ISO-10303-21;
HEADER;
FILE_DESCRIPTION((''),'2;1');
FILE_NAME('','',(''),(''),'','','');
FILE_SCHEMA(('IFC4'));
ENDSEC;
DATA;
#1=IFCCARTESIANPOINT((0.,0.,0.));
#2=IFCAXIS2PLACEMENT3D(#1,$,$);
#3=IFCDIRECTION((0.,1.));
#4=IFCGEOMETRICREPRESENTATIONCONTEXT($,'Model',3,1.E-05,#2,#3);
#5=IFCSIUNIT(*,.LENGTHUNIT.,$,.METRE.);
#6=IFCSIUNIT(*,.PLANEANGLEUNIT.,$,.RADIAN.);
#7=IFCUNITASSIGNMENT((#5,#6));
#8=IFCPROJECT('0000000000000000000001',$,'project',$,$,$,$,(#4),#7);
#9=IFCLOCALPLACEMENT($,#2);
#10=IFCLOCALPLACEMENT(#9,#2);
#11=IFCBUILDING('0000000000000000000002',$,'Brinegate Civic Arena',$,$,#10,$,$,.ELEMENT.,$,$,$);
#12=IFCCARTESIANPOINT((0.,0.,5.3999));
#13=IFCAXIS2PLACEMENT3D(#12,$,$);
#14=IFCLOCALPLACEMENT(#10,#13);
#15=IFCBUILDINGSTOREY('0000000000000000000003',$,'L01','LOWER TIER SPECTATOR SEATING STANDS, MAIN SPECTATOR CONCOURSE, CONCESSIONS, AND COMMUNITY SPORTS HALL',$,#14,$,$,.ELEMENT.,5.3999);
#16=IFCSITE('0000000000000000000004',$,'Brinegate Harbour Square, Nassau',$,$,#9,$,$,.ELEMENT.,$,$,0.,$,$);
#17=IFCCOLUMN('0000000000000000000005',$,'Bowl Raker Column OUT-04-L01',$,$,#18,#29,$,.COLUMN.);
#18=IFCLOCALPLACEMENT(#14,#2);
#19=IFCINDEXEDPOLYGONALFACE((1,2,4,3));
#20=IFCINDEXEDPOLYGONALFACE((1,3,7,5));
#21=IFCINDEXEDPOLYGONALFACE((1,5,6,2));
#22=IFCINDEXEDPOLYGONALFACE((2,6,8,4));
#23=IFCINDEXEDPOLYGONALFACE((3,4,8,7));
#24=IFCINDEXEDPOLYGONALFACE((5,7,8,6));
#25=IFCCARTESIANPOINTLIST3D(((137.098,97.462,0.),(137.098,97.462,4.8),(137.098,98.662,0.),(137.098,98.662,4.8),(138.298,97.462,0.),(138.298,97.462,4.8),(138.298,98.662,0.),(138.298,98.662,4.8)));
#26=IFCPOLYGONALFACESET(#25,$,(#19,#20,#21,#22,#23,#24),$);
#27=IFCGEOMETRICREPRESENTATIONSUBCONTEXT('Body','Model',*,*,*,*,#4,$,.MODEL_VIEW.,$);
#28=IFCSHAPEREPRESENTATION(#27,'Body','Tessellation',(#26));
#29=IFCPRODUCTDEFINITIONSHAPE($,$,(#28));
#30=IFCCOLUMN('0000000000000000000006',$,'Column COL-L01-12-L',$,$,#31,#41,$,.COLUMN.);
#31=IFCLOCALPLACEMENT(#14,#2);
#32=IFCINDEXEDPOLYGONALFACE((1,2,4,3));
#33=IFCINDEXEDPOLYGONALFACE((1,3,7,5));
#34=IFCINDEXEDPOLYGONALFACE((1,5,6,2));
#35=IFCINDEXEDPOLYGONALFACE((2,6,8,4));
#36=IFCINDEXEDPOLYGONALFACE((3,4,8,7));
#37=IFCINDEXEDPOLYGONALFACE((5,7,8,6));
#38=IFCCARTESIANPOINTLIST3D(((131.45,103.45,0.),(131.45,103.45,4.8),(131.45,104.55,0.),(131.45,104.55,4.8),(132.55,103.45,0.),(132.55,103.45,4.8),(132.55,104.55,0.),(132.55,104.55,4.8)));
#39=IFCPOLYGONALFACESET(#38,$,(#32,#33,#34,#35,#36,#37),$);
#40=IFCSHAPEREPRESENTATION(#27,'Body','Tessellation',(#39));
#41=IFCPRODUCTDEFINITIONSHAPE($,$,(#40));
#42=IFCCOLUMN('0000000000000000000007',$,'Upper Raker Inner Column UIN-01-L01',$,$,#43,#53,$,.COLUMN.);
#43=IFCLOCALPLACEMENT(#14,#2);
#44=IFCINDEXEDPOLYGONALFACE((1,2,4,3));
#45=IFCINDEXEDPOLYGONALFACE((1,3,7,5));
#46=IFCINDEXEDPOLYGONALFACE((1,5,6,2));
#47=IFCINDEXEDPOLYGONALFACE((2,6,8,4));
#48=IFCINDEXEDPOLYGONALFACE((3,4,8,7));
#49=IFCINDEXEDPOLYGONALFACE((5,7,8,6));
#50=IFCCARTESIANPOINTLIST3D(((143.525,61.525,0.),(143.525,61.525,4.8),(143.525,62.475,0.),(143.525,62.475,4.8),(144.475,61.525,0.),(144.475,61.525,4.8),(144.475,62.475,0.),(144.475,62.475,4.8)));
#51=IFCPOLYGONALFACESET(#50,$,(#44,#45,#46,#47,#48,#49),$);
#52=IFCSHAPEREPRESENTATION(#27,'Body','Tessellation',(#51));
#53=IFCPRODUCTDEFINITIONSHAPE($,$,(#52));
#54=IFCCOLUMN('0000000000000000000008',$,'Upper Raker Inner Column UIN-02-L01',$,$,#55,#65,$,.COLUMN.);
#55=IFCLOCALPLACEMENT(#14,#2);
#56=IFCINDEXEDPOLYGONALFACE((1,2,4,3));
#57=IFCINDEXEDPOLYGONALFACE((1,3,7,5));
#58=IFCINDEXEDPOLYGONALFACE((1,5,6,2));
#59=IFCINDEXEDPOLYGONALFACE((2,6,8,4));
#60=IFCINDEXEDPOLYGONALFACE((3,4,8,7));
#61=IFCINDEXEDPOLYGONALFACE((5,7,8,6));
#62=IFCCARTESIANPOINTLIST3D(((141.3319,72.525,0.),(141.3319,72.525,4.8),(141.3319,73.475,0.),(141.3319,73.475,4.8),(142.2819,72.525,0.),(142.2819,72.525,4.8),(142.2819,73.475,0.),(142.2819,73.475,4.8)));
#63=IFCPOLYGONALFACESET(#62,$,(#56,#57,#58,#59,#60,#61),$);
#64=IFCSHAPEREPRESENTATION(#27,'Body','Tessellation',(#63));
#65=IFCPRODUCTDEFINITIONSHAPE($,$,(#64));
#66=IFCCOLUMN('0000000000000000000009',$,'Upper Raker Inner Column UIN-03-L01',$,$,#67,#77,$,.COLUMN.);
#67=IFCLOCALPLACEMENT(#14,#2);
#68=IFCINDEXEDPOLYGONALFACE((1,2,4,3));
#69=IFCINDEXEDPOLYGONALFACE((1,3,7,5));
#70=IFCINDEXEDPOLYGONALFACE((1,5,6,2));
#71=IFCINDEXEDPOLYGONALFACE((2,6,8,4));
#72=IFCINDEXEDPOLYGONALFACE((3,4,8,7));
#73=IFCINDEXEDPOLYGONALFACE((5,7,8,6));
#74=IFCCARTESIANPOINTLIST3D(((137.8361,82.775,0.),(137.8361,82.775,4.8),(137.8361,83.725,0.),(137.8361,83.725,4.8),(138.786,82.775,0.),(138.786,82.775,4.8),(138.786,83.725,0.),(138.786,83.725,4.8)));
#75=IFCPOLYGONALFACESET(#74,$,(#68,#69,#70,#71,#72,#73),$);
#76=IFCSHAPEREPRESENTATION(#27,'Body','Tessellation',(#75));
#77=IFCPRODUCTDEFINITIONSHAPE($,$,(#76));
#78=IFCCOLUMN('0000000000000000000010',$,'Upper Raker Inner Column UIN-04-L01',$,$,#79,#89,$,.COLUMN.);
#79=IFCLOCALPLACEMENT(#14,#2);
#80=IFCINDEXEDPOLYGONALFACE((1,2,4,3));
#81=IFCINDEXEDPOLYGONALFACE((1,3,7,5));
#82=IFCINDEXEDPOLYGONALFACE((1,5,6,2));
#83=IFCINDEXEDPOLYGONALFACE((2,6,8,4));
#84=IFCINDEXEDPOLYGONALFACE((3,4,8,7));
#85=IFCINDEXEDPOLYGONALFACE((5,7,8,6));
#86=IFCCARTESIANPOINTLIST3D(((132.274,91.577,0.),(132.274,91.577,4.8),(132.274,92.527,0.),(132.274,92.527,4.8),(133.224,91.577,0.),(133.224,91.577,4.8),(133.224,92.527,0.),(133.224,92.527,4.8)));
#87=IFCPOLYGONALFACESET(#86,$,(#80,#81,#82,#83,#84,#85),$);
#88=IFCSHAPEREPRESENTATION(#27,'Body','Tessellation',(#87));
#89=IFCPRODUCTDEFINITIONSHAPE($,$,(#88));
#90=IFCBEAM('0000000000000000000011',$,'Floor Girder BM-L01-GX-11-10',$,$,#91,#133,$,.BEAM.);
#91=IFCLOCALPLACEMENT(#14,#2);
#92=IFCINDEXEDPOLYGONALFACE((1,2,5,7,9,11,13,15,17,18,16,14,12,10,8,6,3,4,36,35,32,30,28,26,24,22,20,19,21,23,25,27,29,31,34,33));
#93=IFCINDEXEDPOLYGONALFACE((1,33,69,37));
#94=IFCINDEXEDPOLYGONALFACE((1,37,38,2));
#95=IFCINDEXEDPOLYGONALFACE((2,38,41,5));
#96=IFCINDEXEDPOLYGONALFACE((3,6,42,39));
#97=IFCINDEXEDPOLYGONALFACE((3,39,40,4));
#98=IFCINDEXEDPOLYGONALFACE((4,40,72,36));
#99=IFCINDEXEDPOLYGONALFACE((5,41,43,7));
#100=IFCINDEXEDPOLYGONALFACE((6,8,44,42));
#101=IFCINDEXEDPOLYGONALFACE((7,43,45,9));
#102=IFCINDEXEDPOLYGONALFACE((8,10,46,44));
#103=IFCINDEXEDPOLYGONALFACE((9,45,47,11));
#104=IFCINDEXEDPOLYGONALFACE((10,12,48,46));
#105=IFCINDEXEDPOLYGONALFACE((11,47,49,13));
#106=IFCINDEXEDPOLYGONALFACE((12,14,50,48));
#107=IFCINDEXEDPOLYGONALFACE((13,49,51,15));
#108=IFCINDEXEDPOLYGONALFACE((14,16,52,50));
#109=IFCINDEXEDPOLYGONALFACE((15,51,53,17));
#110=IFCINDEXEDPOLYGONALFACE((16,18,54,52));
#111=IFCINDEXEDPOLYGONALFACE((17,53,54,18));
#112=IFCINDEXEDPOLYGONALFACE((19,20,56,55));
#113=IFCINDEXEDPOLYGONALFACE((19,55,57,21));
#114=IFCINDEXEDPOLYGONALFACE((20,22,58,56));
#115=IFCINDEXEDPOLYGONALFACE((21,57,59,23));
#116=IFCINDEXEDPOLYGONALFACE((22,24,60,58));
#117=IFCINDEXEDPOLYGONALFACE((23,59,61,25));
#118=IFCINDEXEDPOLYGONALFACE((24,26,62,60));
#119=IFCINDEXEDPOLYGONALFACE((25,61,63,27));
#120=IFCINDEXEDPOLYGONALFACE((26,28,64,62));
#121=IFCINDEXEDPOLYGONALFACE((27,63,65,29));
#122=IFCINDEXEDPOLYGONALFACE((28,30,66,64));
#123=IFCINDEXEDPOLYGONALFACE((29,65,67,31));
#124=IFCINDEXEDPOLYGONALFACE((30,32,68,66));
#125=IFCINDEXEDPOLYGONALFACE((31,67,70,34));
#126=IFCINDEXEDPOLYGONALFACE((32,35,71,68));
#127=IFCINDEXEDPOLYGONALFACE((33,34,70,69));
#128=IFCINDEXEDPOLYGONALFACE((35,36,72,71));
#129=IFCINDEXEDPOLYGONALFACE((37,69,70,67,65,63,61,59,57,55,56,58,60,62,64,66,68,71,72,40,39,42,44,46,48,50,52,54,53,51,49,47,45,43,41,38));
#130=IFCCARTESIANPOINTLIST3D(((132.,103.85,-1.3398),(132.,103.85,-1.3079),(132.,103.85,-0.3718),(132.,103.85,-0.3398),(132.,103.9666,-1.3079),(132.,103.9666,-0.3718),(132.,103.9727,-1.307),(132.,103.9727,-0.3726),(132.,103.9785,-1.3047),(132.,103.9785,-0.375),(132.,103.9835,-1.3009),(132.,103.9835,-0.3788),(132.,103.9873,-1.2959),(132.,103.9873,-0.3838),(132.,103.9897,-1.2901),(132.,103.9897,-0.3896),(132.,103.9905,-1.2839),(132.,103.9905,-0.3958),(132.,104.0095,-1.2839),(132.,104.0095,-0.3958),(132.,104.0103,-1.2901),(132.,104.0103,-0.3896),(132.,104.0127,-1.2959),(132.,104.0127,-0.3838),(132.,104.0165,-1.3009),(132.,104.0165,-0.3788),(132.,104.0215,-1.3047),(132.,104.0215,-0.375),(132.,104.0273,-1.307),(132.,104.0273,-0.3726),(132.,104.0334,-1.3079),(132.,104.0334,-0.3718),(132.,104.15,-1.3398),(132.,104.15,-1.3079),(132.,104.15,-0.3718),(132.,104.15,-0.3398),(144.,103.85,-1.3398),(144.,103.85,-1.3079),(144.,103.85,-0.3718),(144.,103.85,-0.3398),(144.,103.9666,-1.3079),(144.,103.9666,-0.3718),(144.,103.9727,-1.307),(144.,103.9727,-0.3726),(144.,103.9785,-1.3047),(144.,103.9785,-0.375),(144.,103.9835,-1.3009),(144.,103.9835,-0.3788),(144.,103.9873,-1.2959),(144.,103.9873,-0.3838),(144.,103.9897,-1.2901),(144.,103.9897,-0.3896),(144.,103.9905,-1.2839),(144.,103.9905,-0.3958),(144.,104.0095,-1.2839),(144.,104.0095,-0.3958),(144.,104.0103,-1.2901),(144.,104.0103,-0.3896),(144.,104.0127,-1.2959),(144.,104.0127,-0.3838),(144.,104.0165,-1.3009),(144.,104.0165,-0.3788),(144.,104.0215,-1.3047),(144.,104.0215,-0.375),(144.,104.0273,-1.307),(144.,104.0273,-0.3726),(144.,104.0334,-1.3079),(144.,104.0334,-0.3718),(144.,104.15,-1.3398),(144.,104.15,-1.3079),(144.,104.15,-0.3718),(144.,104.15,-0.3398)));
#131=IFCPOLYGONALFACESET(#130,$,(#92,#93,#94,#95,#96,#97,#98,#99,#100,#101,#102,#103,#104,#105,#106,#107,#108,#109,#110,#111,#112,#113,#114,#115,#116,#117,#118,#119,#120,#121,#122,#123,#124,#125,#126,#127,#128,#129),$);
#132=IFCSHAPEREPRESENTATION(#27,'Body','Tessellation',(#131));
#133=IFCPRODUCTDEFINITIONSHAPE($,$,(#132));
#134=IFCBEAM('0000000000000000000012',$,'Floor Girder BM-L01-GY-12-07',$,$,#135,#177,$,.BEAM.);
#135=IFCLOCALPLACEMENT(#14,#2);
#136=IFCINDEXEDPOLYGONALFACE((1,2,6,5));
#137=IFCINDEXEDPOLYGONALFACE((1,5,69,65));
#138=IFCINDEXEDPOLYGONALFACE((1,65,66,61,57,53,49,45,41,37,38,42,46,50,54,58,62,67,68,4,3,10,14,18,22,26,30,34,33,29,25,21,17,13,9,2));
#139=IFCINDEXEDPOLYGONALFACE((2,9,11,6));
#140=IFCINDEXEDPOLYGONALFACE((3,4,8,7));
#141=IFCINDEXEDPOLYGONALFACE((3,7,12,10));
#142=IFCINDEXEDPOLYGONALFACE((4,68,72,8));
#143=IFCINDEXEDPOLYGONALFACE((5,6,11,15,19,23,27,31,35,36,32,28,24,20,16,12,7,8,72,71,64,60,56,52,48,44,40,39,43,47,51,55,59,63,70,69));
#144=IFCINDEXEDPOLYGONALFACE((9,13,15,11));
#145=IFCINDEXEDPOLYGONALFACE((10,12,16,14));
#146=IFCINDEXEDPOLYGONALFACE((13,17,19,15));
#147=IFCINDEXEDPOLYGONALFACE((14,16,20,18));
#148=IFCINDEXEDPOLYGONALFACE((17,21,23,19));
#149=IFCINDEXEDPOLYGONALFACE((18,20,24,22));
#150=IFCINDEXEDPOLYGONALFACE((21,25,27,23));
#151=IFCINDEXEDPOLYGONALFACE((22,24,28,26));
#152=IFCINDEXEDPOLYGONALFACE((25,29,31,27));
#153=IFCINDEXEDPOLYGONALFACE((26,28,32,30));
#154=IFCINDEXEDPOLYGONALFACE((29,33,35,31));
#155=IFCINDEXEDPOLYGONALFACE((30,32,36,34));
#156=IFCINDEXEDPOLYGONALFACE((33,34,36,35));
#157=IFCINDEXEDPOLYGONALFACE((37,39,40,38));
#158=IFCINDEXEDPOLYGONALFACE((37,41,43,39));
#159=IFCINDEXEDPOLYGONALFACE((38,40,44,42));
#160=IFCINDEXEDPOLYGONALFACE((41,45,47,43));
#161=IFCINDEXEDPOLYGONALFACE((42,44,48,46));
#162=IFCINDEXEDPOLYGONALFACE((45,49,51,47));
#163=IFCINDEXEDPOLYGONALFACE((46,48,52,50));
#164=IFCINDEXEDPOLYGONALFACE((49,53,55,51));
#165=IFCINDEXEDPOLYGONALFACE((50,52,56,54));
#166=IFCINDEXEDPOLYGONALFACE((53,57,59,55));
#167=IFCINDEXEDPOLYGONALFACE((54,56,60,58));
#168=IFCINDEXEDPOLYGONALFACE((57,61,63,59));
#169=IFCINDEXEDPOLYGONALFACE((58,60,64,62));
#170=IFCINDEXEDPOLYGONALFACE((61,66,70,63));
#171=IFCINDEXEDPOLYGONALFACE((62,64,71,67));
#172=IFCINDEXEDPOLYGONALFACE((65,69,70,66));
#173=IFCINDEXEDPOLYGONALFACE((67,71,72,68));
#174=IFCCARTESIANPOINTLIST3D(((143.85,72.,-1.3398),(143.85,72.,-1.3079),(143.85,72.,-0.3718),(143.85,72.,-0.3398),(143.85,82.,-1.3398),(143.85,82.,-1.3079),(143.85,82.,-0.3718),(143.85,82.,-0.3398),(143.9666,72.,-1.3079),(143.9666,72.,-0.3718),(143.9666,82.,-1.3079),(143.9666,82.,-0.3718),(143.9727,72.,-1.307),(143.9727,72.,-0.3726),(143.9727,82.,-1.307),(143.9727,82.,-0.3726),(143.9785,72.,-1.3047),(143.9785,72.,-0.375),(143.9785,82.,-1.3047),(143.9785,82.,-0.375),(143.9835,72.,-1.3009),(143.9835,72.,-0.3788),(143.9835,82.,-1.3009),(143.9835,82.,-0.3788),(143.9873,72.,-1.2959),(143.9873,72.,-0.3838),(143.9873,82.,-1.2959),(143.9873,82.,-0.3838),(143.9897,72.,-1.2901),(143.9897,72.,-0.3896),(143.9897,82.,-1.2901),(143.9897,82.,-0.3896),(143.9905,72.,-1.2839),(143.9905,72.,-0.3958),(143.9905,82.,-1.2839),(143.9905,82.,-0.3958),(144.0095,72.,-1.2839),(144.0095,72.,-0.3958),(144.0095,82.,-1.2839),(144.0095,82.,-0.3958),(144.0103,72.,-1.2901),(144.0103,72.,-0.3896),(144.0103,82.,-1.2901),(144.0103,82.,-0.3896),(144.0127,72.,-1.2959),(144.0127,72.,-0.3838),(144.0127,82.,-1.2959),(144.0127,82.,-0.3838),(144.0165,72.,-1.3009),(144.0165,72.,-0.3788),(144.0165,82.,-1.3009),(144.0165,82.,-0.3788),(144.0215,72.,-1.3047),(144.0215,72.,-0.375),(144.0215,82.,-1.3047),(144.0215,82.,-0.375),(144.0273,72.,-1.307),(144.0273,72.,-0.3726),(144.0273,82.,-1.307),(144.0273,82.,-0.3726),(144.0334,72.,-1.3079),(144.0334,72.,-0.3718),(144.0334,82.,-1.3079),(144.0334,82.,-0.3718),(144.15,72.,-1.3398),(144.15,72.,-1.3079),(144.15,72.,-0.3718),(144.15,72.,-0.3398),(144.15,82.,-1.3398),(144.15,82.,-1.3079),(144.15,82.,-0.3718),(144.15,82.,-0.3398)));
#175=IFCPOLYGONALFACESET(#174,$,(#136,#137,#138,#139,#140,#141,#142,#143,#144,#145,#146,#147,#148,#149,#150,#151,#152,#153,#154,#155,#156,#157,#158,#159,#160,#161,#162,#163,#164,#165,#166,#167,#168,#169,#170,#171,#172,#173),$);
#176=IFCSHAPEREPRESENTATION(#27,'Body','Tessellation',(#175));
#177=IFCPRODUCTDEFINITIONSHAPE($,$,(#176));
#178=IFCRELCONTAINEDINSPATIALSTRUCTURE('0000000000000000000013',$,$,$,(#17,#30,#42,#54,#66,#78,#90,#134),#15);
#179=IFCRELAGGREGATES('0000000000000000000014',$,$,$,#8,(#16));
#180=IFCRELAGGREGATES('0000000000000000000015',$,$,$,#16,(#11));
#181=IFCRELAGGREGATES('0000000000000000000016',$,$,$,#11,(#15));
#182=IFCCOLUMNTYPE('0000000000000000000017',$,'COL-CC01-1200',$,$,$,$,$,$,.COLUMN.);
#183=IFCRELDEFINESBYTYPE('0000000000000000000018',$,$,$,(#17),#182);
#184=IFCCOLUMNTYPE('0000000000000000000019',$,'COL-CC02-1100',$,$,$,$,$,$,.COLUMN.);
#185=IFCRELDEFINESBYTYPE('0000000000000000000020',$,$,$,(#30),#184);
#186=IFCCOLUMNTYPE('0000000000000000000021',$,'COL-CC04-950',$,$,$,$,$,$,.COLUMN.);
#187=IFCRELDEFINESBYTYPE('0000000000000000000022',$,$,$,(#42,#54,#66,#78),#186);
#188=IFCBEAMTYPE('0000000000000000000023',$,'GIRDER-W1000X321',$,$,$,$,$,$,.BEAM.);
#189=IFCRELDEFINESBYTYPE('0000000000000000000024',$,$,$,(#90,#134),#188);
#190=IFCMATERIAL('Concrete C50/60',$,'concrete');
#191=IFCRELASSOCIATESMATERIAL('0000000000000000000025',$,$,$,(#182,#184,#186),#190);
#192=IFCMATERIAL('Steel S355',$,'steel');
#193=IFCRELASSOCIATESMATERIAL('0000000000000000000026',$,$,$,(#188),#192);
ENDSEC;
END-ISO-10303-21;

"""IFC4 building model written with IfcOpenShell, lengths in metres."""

from ifc_helpers import new_model, si_unit, direction, frame, origin, origin_2d, place, context, subcontext, project, spatial, rectangle, i_section, extrude, material, material_profile, profile_set, type_object, element, save


model = new_model("IFC4")

# Units and contexts
model_context = context("Model", 3, precision=1e-05, world=origin(), true_north=direction((0.0, 1.0)))
body_context = subcontext(model_context, "Body", "Model", "MODEL_VIEW")
ifc_project = project(units=[si_unit("LENGTHUNIT", "METRE"), si_unit("PLANEANGLEUNIT", "RADIAN")], contexts=[model_context])

# Site, building, storey
site_placement = place(None, origin())
site = spatial("IfcSite", under=ifc_project, at=site_placement, Name="Brinegate Harbour Square, Nassau", CompositionType="ELEMENT", RefElevation=0.0)
building_placement = place(site_placement, origin())
building = spatial("IfcBuilding", under=site, at=building_placement, Name="Brinegate Civic Arena", CompositionType="ELEMENT")
storey_placement = place(building_placement, frame((0.0, 0.0, 5.3999)))
storey = spatial("IfcBuildingStorey", under=building, at=storey_placement, Name="L01", Description="LOWER TIER SPECTATOR SEATING STANDS, MAIN SPECTATOR CONCOURSE, CONCESSIONS, AND COMMUNITY SPORTS HALL", CompositionType="ELEMENT", Elevation=5.3999)

# Columns
ifc_material_1 = material(Name="Concrete C50/60", Category="concrete")
ifc_material_profile_1 = material_profile(ifc_material_1, rectangle(XDim=1.2, YDim=1.2, at=origin_2d()), Name="RC1200X1200")
ifc_profile_set_1 = profile_set([ifc_material_profile_1], Name="Concrete C50/60")
column_type_1 = type_object("IfcColumnType", Name="COL-CC01-1200", PredefinedType="COLUMN", material=ifc_profile_set_1)
column_1_placement = place(storey_placement, frame((137.698, 98.062, 0.0), z_axis=(0.0, 0.0, 1.0), x_axis=(1.0, 0.0, 0.0)))
element("IfcColumn", 1, at=column_1_placement, inside=storey, type_object=column_type_1, Name="Bowl Raker Column OUT-04-L01", PredefinedType="COLUMN", context=body_context, shape_type="SweptSolid", body=[
    extrude(rectangle(XDim=1.2, YDim=1.2, at=origin_2d()), origin(), (0.0, 0.0, 1.0), 4.8),
])
ifc_material_profile_2 = material_profile(ifc_material_1, rectangle(XDim=1.1001, YDim=1.1001, at=origin_2d()), Name="RC1100X1100")
ifc_profile_set_2 = profile_set([ifc_material_profile_2], Name="Concrete C50/60")
column_type_2 = type_object("IfcColumnType", Name="COL-CC02-1100", PredefinedType="COLUMN", material=ifc_profile_set_2)
column_2_placement = place(storey_placement, frame((132.0, 104.0, 0.0), z_axis=(0.0, 0.0, 1.0), x_axis=(1.0, 0.0, 0.0)))
element("IfcColumn", 2, at=column_2_placement, inside=storey, type_object=column_type_2, Name="Column COL-L01-12-L", PredefinedType="COLUMN", context=body_context, shape_type="SweptSolid", body=[
    extrude(rectangle(XDim=1.1001, YDim=1.1001, at=origin_2d()), origin(), (0.0, 0.0, 1.0), 4.8),
])
ifc_material_profile_3 = material_profile(ifc_material_1, rectangle(XDim=0.95, YDim=0.95, at=origin_2d()), Name="RC950X950")
ifc_profile_set_3 = profile_set([ifc_material_profile_3], Name="Concrete C50/60")
column_type_3 = type_object("IfcColumnType", Name="COL-CC04-950", PredefinedType="COLUMN", material=ifc_profile_set_3)
for number, where, z_axis, x_axis, name in (
    (3, (144.0, 62.0, 0.0), (0.0, 0.0, 1.0), (1.0, 0.0, 0.0), "Upper Raker Inner Column UIN-01-L01"),
    (4, (141.8069, 73.0, 0.0), (0.0, 0.0, 1.0), (1.0, 0.0, 0.0), "Upper Raker Inner Column UIN-02-L01"),
    (5, (138.311, 83.25, 0.0), (0.0, 0.0, 1.0), (1.0, 0.0, 0.0), "Upper Raker Inner Column UIN-03-L01"),
    (6, (132.749, 92.052, 0.0), (0.0, 0.0, 1.0), (1.0, 0.0, 0.0), "Upper Raker Inner Column UIN-04-L01"),
):
    element("IfcColumn", number, at=place(storey_placement, frame(where, z_axis=z_axis, x_axis=x_axis)), inside=storey, type_object=column_type_3, Name=name, PredefinedType="COLUMN", context=body_context, shape_type="SweptSolid", body=[
        extrude(rectangle(XDim=0.95, YDim=0.95, at=origin_2d()), origin(), (0.0, 0.0, 1.0), 4.8),
    ])

# Beams
ifc_material_2 = material(Name="Steel S355", Category="steel")
ifc_material_profile_4 = material_profile(ifc_material_2, i_section(OverallWidth=0.3, OverallDepth=1.0, WebThickness=0.019, FlangeThickness=0.032, FilletRadius=0.0239, at=origin_2d()), Name="W1000X321")
ifc_profile_set_4 = profile_set([ifc_material_profile_4], Name="Steel S355")
beam_type_1 = type_object("IfcBeamType", Name="GIRDER-W1000X321", PredefinedType="BEAM", material=ifc_profile_set_4)
beam_1_placement = place(storey_placement, frame((132.0, 104.0, -0.8398), z_axis=(1.0, 0.0, 0.0), x_axis=(0.0, 1.0, 0.0)))
element("IfcBeam", 7, at=beam_1_placement, inside=storey, type_object=beam_type_1, Name="Floor Girder BM-L01-GX-11-10", PredefinedType="BEAM", context=body_context, shape_type="SweptSolid", body=[
    extrude(i_section(OverallWidth=0.3, OverallDepth=1.0, WebThickness=0.019, FlangeThickness=0.032, FilletRadius=0.0239, at=origin_2d()), origin(), (0.0, 0.0, 1.0), 12.0),
])
beam_2_placement = place(storey_placement, frame((144.0, 72.0, -0.8398), z_axis=(0.0, 1.0, 0.0), x_axis=(-1.0, 0.0, 0.0)))
element("IfcBeam", 8, at=beam_2_placement, inside=storey, type_object=beam_type_1, Name="Floor Girder BM-L01-GY-12-07", PredefinedType="BEAM", context=body_context, shape_type="SweptSolid", body=[
    extrude(i_section(OverallWidth=0.3, OverallDepth=1.0, WebThickness=0.019, FlangeThickness=0.032, FilletRadius=0.0239, at=origin_2d()), origin(), (0.0, 0.0, 1.0), 10.0),
])

save(model, "model.ifc")
